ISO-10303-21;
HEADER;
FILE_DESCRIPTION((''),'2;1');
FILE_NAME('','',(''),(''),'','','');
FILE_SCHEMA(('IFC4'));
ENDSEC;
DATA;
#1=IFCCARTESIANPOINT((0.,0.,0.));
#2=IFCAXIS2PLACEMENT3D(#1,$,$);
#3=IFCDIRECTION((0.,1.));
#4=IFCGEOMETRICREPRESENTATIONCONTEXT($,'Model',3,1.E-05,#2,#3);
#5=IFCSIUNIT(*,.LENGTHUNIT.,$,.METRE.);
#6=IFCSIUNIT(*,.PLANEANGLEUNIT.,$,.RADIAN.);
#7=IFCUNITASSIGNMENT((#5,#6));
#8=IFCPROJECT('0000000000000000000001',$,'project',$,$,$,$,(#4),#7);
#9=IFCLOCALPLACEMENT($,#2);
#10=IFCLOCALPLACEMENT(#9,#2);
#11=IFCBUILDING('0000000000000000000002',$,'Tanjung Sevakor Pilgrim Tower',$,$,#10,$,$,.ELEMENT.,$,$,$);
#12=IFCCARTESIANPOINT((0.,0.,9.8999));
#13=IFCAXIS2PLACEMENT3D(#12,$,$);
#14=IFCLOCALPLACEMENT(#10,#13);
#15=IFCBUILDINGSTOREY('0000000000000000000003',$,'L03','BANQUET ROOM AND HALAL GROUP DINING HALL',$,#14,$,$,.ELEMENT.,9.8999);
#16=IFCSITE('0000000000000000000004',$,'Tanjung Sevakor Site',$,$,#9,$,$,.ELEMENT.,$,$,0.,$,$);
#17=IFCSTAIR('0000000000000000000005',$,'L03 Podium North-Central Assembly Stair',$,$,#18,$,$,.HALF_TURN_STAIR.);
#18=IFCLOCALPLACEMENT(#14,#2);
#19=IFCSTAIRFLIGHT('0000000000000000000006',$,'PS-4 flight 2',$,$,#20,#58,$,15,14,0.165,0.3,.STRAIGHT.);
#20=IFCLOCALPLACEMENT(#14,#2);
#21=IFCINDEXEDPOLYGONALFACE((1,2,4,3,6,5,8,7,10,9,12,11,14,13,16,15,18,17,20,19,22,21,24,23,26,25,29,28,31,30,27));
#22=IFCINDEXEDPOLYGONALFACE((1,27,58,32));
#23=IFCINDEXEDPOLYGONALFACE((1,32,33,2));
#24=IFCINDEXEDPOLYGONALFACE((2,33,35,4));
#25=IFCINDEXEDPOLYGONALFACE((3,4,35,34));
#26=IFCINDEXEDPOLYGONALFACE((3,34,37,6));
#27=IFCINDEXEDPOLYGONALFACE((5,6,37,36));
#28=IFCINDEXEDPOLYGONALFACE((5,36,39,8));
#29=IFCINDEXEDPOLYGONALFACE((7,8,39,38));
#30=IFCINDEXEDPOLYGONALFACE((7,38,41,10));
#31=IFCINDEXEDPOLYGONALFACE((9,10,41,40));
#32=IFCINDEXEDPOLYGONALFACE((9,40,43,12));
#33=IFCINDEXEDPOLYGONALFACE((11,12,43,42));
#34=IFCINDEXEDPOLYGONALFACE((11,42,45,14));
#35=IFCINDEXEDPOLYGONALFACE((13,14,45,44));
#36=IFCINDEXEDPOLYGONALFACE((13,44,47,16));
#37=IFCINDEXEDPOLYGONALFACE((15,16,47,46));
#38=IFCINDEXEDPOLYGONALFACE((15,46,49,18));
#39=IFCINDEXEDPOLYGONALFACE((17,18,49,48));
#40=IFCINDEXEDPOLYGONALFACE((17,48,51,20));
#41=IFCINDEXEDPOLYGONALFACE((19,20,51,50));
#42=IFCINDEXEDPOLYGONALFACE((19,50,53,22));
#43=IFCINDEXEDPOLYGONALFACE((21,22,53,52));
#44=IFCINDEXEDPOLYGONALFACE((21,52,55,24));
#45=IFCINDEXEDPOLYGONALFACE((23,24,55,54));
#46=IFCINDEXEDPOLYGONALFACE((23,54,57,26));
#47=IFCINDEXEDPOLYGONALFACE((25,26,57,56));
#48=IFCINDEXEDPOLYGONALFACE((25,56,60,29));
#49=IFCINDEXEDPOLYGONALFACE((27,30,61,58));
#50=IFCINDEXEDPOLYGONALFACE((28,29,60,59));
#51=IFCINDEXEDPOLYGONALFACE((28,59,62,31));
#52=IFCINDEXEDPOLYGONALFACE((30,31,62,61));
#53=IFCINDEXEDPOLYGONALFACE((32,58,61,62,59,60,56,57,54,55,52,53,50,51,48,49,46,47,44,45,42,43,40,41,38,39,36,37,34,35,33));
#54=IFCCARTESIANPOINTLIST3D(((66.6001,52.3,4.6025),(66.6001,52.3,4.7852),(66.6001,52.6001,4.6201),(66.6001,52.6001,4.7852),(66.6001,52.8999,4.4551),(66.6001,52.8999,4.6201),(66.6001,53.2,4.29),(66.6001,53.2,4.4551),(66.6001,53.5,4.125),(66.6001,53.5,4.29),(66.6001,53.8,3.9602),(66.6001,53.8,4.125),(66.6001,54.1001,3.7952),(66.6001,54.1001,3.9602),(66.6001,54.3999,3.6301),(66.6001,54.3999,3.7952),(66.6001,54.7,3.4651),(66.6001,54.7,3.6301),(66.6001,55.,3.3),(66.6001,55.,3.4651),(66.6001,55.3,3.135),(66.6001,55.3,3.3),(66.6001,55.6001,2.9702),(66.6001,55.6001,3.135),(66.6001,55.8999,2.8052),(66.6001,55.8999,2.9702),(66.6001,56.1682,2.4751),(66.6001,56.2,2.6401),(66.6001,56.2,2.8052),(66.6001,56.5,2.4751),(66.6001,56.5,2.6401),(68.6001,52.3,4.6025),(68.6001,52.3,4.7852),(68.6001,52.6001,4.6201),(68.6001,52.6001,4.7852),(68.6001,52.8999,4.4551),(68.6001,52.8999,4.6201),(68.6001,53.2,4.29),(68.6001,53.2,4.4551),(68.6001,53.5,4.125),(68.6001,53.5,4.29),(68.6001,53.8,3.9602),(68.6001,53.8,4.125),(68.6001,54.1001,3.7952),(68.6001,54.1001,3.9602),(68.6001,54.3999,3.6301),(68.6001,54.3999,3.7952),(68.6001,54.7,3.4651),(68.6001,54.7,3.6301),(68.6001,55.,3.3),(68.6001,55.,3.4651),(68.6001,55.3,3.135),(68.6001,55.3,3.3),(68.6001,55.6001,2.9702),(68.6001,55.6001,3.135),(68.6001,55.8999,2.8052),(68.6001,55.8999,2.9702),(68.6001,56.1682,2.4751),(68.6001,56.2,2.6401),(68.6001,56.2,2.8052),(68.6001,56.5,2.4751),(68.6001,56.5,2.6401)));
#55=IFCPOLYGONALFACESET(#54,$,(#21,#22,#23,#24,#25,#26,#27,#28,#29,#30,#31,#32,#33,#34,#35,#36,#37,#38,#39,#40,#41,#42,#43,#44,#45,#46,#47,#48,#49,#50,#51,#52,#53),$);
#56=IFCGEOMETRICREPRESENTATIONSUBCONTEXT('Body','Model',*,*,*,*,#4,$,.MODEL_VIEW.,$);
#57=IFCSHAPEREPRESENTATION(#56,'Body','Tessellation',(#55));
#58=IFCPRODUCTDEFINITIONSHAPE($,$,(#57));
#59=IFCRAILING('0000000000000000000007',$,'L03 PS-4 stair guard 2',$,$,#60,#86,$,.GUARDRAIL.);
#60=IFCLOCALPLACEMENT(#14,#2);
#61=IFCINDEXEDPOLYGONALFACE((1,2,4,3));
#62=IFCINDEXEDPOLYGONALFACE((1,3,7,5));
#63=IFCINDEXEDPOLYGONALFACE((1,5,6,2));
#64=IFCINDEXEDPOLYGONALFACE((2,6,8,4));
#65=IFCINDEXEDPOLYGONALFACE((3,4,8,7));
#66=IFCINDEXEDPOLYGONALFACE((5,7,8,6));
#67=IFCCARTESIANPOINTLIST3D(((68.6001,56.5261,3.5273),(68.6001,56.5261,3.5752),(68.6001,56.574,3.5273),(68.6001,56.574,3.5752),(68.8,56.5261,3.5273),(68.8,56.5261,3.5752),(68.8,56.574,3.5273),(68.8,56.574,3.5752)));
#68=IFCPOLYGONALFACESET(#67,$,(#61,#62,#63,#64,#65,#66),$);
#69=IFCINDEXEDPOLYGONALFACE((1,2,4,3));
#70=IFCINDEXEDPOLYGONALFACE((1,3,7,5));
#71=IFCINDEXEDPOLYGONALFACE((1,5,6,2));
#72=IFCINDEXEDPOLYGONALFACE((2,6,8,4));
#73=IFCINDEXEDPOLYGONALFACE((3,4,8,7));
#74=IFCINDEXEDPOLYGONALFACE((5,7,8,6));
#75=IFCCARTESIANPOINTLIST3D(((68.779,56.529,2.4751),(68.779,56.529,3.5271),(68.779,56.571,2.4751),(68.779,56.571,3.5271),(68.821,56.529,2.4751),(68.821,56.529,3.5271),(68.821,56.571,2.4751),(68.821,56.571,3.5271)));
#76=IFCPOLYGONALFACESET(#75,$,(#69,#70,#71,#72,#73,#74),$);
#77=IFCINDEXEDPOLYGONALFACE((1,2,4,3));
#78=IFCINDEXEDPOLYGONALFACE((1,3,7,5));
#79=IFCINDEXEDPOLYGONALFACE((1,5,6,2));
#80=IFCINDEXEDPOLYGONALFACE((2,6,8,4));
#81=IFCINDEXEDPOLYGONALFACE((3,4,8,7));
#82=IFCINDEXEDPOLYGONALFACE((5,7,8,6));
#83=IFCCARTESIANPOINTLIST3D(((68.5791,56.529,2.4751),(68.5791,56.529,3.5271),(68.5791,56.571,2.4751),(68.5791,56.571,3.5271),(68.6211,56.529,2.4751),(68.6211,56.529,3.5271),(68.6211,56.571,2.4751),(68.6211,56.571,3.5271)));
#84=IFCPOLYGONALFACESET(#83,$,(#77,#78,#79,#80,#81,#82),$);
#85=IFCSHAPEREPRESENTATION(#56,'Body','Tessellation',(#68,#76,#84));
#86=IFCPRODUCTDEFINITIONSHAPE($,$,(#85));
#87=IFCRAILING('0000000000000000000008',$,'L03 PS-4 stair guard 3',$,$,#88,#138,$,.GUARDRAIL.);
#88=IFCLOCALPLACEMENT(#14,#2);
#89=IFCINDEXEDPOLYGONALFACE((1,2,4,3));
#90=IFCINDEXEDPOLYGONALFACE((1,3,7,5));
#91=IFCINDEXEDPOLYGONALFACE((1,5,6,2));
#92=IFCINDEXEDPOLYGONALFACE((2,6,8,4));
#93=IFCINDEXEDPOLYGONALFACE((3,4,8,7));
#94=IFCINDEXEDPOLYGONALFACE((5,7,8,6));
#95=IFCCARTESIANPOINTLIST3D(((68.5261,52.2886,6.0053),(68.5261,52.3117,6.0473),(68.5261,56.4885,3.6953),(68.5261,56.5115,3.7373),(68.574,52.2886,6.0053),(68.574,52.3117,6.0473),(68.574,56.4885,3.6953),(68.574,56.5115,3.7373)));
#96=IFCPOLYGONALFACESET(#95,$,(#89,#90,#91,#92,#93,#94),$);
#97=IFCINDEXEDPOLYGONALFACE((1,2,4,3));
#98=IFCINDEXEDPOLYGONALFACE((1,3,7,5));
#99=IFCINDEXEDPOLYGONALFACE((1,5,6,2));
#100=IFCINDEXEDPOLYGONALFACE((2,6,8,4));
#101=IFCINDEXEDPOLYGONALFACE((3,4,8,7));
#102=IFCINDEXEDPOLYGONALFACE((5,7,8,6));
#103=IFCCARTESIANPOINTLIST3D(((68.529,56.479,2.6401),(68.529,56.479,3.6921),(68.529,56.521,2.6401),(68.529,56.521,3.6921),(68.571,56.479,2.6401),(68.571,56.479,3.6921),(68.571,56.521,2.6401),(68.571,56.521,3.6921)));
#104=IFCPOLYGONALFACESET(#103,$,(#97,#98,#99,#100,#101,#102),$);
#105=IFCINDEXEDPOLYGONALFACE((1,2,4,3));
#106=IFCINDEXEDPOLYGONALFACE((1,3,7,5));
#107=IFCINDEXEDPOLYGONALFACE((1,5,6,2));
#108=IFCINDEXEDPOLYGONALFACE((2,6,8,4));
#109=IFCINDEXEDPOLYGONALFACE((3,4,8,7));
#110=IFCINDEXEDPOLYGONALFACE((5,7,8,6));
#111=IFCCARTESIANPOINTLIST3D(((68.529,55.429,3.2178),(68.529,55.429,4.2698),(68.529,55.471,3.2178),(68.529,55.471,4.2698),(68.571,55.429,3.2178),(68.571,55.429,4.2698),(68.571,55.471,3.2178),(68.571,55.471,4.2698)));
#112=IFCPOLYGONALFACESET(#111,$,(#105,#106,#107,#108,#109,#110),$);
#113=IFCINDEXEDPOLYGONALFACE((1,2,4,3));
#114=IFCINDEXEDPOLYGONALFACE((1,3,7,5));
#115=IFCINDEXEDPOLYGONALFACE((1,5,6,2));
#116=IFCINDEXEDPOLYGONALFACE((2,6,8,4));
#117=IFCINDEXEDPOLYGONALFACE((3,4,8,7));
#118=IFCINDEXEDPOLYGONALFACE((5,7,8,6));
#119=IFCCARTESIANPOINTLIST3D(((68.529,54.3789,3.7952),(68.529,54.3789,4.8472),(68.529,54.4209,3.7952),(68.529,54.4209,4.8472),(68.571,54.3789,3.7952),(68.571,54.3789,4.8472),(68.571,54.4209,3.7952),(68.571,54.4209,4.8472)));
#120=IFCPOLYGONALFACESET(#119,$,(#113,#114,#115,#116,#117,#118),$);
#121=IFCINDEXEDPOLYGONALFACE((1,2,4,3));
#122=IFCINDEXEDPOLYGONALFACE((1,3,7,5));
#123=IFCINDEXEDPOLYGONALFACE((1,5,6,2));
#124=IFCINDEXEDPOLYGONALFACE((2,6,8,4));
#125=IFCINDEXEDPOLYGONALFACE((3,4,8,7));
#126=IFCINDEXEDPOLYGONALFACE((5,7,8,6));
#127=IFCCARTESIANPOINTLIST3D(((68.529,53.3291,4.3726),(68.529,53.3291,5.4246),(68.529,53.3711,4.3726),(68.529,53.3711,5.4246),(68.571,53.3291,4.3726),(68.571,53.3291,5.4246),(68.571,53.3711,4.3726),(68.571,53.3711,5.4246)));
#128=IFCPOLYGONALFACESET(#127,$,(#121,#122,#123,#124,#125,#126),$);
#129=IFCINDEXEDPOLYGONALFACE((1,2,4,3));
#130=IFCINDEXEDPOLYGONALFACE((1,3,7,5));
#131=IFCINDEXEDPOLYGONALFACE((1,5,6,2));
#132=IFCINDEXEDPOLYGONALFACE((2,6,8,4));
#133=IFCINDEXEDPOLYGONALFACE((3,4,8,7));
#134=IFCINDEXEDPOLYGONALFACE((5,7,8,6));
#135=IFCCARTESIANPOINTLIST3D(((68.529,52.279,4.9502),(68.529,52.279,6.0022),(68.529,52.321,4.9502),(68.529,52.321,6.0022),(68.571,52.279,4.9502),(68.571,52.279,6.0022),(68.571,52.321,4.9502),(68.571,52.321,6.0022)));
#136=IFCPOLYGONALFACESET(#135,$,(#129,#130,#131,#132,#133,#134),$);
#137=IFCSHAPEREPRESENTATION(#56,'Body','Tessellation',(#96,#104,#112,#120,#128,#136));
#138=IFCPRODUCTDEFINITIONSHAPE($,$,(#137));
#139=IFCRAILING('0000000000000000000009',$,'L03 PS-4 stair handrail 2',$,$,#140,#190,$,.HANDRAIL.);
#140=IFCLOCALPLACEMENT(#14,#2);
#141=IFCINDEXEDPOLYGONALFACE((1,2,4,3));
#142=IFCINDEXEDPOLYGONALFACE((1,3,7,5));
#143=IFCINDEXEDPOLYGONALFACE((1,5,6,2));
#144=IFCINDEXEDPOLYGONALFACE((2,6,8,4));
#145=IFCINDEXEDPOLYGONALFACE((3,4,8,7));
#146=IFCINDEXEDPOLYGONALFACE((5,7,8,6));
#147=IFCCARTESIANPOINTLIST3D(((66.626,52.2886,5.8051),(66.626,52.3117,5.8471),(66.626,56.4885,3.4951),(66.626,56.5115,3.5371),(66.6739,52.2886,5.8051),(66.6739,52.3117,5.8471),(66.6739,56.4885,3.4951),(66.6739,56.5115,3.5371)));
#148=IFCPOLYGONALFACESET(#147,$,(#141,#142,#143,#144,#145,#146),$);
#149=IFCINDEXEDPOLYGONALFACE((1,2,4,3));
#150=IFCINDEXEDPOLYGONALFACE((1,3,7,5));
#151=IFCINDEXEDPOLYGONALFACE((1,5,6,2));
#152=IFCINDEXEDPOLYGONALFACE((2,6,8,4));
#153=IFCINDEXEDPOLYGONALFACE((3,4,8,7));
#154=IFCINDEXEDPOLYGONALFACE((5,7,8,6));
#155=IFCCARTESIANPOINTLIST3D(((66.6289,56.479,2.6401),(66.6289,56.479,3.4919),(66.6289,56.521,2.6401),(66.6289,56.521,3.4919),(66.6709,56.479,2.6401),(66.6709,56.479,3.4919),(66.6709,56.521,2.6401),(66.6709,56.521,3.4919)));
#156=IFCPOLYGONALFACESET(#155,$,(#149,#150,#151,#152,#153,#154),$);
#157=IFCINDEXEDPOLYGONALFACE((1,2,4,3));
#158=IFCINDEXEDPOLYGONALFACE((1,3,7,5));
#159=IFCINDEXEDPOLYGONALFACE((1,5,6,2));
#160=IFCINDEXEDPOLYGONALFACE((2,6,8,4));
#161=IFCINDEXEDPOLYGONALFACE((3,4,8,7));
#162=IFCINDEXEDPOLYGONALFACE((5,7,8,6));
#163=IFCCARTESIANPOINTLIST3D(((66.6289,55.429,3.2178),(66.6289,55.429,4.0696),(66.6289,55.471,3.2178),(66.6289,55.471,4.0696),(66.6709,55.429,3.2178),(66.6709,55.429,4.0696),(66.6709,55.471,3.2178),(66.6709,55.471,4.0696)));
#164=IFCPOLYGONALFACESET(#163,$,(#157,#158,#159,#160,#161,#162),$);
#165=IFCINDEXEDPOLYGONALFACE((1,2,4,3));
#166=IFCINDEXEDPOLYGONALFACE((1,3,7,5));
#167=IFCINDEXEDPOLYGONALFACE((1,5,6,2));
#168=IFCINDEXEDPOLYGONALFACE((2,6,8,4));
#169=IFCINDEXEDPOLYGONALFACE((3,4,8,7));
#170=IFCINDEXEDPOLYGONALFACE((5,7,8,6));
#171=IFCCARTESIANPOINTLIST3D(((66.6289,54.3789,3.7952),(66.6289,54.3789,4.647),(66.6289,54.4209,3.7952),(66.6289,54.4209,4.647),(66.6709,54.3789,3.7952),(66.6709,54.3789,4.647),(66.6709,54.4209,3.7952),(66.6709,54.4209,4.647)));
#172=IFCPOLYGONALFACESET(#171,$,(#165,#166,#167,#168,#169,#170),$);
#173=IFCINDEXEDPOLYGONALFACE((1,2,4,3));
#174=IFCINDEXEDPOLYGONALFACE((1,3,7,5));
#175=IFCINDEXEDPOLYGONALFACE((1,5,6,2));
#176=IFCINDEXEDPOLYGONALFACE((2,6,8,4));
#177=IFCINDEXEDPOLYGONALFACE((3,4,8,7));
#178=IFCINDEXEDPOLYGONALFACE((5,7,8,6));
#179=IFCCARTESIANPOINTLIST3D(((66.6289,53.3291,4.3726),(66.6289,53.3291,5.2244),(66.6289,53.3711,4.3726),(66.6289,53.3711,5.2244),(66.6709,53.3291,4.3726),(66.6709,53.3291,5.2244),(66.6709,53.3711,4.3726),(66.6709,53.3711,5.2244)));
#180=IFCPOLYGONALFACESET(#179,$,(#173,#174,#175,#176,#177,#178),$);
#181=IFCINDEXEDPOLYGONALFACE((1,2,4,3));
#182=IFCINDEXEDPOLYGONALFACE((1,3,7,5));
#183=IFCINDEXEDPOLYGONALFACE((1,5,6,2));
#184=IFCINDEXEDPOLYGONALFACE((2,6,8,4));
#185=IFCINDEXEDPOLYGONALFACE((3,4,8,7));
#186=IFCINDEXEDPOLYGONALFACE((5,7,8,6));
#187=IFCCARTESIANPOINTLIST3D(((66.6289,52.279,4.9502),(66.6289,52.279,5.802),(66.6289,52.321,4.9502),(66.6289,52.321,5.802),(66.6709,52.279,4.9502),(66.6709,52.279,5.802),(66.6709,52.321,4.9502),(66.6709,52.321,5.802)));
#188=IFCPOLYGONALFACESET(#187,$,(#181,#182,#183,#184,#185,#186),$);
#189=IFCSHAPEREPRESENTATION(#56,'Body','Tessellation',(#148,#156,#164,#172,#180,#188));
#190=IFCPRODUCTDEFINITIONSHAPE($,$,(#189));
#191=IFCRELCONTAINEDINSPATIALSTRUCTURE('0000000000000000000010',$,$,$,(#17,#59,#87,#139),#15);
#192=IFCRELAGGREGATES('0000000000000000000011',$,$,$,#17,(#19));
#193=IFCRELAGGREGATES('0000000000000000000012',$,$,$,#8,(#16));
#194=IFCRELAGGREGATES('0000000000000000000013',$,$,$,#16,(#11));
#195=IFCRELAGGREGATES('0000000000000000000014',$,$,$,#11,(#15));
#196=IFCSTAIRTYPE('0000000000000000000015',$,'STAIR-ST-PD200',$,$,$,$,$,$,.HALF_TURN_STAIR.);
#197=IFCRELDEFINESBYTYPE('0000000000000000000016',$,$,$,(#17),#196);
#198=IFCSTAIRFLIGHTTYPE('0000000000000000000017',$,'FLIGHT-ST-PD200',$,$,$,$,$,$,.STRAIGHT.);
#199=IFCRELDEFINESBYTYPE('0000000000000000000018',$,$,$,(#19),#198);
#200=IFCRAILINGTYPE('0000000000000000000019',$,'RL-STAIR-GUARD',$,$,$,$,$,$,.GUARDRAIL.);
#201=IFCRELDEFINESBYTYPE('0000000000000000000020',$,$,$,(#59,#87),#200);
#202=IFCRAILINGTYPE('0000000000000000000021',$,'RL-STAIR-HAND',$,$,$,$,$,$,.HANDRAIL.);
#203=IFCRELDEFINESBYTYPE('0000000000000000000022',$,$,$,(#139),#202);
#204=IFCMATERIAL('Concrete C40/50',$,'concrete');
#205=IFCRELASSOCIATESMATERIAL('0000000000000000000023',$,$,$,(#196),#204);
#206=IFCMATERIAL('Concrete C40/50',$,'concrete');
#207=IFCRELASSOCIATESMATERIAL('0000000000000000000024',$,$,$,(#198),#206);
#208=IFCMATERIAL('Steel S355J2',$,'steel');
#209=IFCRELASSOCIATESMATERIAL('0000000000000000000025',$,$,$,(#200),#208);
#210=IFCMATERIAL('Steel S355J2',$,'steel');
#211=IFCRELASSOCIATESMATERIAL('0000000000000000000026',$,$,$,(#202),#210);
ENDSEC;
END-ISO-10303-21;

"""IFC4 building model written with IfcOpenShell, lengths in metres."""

from ifc_helpers import new_model, si_unit, direction, frame, origin, place, context, subcontext, project, spatial, polyline, rectangle, outline, extrude, material, type_object, element, aggregate, save


model = new_model("IFC4")

# Units and contexts
model_context = context("Model", 3, precision=1e-05, world=origin(), true_north=direction((0.0, 1.0)))
body_context = subcontext(model_context, "Body", "Model", "MODEL_VIEW")
ifc_project = project(units=[si_unit("LENGTHUNIT", "METRE"), si_unit("PLANEANGLEUNIT", "RADIAN")], contexts=[model_context])

# Site, building, storey
site_placement = place(None, origin())
site = spatial("IfcSite", under=ifc_project, at=site_placement, Name="Tanjung Sevakor Site", CompositionType="ELEMENT", RefElevation=0.0)
building_placement = place(site_placement, origin())
building = spatial("IfcBuilding", under=site, at=building_placement, Name="Tanjung Sevakor Pilgrim Tower", CompositionType="ELEMENT")
storey_placement = place(building_placement, frame((0.0, 0.0, 9.8999)))
storey = spatial("IfcBuildingStorey", under=building, at=storey_placement, Name="L03", Description="BANQUET ROOM AND HALAL GROUP DINING HALL", CompositionType="ELEMENT", Elevation=9.8999)

# Stair, stair flight
ifc_material_1 = material(Name="Concrete C40/50", Category="concrete")
stair_type = type_object("IfcStairType", Name="STAIR-ST-PD200", PredefinedType="HALF_TURN_STAIR", material=ifc_material_1)
stair_placement = place(storey_placement, origin())
stair = element("IfcStair", 1, at=stair_placement, inside=storey, type_object=stair_type, Name="L03 Podium North-Central Assembly Stair", PredefinedType="HALF_TURN_STAIR")
ifc_material_2 = material(Name="Concrete C40/50", Category="concrete")
stair_flight_type = type_object("IfcStairFlightType", Name="FLIGHT-ST-PD200", PredefinedType="STRAIGHT", material=ifc_material_2)
stair_flight_placement = place(storey_placement, frame((67.6001, 56.5, 2.4751), z_axis=(0.0, 0.0, 1.0), x_axis=(0.0, -1.0, 0.0)))
stair_flight = element("IfcStairFlight", 2, at=stair_flight_placement, type_object=stair_flight_type, Name="PS-4 flight 2", NumberOfRisers=15, NumberOfTreads=14, PredefinedType="STRAIGHT", RiserHeight=0.165, TreadLength=0.3, context=body_context, shape_type="SweptSolid", body=[
    extrude(outline(polyline([(0.0, 0.0), (0.0, 0.165), (0.3, 0.165), (0.3, 0.3301), (0.6001, 0.3301), (0.6001, 0.4951), (0.8999, 0.4951), (0.8999, 0.6599), (1.2, 0.6599), (1.2, 0.825), (1.5, 0.825), (1.5, 0.99), (1.8, 0.99), (1.8, 1.155), (2.1001, 1.155), (2.1001, 1.3201), (2.3999, 1.3201), (2.3999, 1.4851), (2.7, 1.4851), (2.7, 1.6499), (3.0, 1.6499), (3.0, 1.8149), (3.3, 1.8149), (3.3, 1.98), (3.6001, 1.98), (3.6001, 2.145), (3.8999, 2.145), (3.8999, 2.3101), (4.2, 2.3101), (4.2, 2.4751), (4.2, 2.1274), (0.3318, 0.0), (0.0, 0.0)])), frame((0.0, 1.0, 0.0), z_axis=(0.0, -1.0, 0.0), x_axis=(1.0, 0.0, 0.0)), (0.0, 0.0, 1.0), 2.0),
])
aggregate(stair, [stair_flight])

# Railings
ifc_material_3 = material(Name="Steel S355J2", Category="steel")
railing_type_1 = type_object("IfcRailingType", Name="RL-STAIR-GUARD", PredefinedType="GUARDRAIL", material=ifc_material_3)
railing_1_placement = place(storey_placement, frame((68.8, 56.55, 2.4751)))
element("IfcRailing", 3, at=railing_1_placement, inside=storey, type_object=railing_type_1, Name="L03 PS-4 stair guard 2", PredefinedType="GUARDRAIL", context=body_context, shape_type="SweptSolid", body=[
    extrude(rectangle(XDim=0.0479, YDim=0.0479), frame((0.0, 0.0, 1.0762), z_axis=(-1.0, 0.0, 0.0), x_axis=(0.0, -1.0, 0.0)), (0.0, 0.0, 1.0), 0.2),
    extrude(rectangle(XDim=0.042, YDim=0.042), origin(), (0.0, 0.0, 1.0), 1.052),
    extrude(rectangle(XDim=0.042, YDim=0.042), frame((-0.2, 0.0, 0.0)), (0.0, 0.0, 1.0), 1.052),
])
railing_2_placement = place(storey_placement, frame((68.55, 56.5, 2.6401)))
element("IfcRailing", 4, at=railing_2_placement, inside=storey, type_object=railing_type_1, Name="L03 PS-4 stair guard 3", PredefinedType="GUARDRAIL", context=body_context, shape_type="SweptSolid", body=[
    extrude(rectangle(XDim=0.0479, YDim=0.0479), frame((0.0, 0.0, 1.0762), z_axis=(0.0, -0.876208, 0.481932), x_axis=(1.0, 0.0, 0.0)), (0.0, 0.0, 1.0), 4.7932),
    extrude(rectangle(XDim=0.042, YDim=0.042), origin(), (0.0, 0.0, 1.0), 1.052),
    extrude(rectangle(XDim=0.042, YDim=0.042), frame((0.0, -1.05, 0.5776)), (0.0, 0.0, 1.0), 1.052),
    extrude(rectangle(XDim=0.042, YDim=0.042), frame((0.0, -2.1001, 1.155)), (0.0, 0.0, 1.0), 1.052),
    extrude(rectangle(XDim=0.042, YDim=0.042), frame((0.0, -3.1499, 1.7324)), (0.0, 0.0, 1.0), 1.052),
    extrude(rectangle(XDim=0.042, YDim=0.042), frame((0.0, -4.2, 2.3101)), (0.0, 0.0, 1.0), 1.052),
])
ifc_material_4 = material(Name="Steel S355J2", Category="steel")
railing_type_2 = type_object("IfcRailingType", Name="RL-STAIR-HAND", PredefinedType="HANDRAIL", material=ifc_material_4)
railing_3_placement = place(storey_placement, frame((66.6499, 56.5, 2.6401)))
element("IfcRailing", 5, at=railing_3_placement, inside=storey, type_object=railing_type_2, Name="L03 PS-4 stair handrail 2", PredefinedType="HANDRAIL", context=body_context, shape_type="SweptSolid", body=[
    extrude(rectangle(XDim=0.0479, YDim=0.0479), frame((0.0, 0.0, 0.876), z_axis=(0.0, -0.876208, 0.481932), x_axis=(1.0, 0.0, 0.0)), (0.0, 0.0, 1.0), 4.7932),
    extrude(rectangle(XDim=0.042, YDim=0.042), origin(), (0.0, 0.0, 1.0), 0.8518),
    extrude(rectangle(XDim=0.042, YDim=0.042), frame((0.0, -1.05, 0.5776)), (0.0, 0.0, 1.0), 0.8518),
    extrude(rectangle(XDim=0.042, YDim=0.042), frame((0.0, -2.1001, 1.155)), (0.0, 0.0, 1.0), 0.8518),
    extrude(rectangle(XDim=0.042, YDim=0.042), frame((0.0, -3.1499, 1.7324)), (0.0, 0.0, 1.0), 0.8518),
    extrude(rectangle(XDim=0.042, YDim=0.042), frame((0.0, -4.2, 2.3101)), (0.0, 0.0, 1.0), 0.8518),
])

save(model, "model.ifc")
